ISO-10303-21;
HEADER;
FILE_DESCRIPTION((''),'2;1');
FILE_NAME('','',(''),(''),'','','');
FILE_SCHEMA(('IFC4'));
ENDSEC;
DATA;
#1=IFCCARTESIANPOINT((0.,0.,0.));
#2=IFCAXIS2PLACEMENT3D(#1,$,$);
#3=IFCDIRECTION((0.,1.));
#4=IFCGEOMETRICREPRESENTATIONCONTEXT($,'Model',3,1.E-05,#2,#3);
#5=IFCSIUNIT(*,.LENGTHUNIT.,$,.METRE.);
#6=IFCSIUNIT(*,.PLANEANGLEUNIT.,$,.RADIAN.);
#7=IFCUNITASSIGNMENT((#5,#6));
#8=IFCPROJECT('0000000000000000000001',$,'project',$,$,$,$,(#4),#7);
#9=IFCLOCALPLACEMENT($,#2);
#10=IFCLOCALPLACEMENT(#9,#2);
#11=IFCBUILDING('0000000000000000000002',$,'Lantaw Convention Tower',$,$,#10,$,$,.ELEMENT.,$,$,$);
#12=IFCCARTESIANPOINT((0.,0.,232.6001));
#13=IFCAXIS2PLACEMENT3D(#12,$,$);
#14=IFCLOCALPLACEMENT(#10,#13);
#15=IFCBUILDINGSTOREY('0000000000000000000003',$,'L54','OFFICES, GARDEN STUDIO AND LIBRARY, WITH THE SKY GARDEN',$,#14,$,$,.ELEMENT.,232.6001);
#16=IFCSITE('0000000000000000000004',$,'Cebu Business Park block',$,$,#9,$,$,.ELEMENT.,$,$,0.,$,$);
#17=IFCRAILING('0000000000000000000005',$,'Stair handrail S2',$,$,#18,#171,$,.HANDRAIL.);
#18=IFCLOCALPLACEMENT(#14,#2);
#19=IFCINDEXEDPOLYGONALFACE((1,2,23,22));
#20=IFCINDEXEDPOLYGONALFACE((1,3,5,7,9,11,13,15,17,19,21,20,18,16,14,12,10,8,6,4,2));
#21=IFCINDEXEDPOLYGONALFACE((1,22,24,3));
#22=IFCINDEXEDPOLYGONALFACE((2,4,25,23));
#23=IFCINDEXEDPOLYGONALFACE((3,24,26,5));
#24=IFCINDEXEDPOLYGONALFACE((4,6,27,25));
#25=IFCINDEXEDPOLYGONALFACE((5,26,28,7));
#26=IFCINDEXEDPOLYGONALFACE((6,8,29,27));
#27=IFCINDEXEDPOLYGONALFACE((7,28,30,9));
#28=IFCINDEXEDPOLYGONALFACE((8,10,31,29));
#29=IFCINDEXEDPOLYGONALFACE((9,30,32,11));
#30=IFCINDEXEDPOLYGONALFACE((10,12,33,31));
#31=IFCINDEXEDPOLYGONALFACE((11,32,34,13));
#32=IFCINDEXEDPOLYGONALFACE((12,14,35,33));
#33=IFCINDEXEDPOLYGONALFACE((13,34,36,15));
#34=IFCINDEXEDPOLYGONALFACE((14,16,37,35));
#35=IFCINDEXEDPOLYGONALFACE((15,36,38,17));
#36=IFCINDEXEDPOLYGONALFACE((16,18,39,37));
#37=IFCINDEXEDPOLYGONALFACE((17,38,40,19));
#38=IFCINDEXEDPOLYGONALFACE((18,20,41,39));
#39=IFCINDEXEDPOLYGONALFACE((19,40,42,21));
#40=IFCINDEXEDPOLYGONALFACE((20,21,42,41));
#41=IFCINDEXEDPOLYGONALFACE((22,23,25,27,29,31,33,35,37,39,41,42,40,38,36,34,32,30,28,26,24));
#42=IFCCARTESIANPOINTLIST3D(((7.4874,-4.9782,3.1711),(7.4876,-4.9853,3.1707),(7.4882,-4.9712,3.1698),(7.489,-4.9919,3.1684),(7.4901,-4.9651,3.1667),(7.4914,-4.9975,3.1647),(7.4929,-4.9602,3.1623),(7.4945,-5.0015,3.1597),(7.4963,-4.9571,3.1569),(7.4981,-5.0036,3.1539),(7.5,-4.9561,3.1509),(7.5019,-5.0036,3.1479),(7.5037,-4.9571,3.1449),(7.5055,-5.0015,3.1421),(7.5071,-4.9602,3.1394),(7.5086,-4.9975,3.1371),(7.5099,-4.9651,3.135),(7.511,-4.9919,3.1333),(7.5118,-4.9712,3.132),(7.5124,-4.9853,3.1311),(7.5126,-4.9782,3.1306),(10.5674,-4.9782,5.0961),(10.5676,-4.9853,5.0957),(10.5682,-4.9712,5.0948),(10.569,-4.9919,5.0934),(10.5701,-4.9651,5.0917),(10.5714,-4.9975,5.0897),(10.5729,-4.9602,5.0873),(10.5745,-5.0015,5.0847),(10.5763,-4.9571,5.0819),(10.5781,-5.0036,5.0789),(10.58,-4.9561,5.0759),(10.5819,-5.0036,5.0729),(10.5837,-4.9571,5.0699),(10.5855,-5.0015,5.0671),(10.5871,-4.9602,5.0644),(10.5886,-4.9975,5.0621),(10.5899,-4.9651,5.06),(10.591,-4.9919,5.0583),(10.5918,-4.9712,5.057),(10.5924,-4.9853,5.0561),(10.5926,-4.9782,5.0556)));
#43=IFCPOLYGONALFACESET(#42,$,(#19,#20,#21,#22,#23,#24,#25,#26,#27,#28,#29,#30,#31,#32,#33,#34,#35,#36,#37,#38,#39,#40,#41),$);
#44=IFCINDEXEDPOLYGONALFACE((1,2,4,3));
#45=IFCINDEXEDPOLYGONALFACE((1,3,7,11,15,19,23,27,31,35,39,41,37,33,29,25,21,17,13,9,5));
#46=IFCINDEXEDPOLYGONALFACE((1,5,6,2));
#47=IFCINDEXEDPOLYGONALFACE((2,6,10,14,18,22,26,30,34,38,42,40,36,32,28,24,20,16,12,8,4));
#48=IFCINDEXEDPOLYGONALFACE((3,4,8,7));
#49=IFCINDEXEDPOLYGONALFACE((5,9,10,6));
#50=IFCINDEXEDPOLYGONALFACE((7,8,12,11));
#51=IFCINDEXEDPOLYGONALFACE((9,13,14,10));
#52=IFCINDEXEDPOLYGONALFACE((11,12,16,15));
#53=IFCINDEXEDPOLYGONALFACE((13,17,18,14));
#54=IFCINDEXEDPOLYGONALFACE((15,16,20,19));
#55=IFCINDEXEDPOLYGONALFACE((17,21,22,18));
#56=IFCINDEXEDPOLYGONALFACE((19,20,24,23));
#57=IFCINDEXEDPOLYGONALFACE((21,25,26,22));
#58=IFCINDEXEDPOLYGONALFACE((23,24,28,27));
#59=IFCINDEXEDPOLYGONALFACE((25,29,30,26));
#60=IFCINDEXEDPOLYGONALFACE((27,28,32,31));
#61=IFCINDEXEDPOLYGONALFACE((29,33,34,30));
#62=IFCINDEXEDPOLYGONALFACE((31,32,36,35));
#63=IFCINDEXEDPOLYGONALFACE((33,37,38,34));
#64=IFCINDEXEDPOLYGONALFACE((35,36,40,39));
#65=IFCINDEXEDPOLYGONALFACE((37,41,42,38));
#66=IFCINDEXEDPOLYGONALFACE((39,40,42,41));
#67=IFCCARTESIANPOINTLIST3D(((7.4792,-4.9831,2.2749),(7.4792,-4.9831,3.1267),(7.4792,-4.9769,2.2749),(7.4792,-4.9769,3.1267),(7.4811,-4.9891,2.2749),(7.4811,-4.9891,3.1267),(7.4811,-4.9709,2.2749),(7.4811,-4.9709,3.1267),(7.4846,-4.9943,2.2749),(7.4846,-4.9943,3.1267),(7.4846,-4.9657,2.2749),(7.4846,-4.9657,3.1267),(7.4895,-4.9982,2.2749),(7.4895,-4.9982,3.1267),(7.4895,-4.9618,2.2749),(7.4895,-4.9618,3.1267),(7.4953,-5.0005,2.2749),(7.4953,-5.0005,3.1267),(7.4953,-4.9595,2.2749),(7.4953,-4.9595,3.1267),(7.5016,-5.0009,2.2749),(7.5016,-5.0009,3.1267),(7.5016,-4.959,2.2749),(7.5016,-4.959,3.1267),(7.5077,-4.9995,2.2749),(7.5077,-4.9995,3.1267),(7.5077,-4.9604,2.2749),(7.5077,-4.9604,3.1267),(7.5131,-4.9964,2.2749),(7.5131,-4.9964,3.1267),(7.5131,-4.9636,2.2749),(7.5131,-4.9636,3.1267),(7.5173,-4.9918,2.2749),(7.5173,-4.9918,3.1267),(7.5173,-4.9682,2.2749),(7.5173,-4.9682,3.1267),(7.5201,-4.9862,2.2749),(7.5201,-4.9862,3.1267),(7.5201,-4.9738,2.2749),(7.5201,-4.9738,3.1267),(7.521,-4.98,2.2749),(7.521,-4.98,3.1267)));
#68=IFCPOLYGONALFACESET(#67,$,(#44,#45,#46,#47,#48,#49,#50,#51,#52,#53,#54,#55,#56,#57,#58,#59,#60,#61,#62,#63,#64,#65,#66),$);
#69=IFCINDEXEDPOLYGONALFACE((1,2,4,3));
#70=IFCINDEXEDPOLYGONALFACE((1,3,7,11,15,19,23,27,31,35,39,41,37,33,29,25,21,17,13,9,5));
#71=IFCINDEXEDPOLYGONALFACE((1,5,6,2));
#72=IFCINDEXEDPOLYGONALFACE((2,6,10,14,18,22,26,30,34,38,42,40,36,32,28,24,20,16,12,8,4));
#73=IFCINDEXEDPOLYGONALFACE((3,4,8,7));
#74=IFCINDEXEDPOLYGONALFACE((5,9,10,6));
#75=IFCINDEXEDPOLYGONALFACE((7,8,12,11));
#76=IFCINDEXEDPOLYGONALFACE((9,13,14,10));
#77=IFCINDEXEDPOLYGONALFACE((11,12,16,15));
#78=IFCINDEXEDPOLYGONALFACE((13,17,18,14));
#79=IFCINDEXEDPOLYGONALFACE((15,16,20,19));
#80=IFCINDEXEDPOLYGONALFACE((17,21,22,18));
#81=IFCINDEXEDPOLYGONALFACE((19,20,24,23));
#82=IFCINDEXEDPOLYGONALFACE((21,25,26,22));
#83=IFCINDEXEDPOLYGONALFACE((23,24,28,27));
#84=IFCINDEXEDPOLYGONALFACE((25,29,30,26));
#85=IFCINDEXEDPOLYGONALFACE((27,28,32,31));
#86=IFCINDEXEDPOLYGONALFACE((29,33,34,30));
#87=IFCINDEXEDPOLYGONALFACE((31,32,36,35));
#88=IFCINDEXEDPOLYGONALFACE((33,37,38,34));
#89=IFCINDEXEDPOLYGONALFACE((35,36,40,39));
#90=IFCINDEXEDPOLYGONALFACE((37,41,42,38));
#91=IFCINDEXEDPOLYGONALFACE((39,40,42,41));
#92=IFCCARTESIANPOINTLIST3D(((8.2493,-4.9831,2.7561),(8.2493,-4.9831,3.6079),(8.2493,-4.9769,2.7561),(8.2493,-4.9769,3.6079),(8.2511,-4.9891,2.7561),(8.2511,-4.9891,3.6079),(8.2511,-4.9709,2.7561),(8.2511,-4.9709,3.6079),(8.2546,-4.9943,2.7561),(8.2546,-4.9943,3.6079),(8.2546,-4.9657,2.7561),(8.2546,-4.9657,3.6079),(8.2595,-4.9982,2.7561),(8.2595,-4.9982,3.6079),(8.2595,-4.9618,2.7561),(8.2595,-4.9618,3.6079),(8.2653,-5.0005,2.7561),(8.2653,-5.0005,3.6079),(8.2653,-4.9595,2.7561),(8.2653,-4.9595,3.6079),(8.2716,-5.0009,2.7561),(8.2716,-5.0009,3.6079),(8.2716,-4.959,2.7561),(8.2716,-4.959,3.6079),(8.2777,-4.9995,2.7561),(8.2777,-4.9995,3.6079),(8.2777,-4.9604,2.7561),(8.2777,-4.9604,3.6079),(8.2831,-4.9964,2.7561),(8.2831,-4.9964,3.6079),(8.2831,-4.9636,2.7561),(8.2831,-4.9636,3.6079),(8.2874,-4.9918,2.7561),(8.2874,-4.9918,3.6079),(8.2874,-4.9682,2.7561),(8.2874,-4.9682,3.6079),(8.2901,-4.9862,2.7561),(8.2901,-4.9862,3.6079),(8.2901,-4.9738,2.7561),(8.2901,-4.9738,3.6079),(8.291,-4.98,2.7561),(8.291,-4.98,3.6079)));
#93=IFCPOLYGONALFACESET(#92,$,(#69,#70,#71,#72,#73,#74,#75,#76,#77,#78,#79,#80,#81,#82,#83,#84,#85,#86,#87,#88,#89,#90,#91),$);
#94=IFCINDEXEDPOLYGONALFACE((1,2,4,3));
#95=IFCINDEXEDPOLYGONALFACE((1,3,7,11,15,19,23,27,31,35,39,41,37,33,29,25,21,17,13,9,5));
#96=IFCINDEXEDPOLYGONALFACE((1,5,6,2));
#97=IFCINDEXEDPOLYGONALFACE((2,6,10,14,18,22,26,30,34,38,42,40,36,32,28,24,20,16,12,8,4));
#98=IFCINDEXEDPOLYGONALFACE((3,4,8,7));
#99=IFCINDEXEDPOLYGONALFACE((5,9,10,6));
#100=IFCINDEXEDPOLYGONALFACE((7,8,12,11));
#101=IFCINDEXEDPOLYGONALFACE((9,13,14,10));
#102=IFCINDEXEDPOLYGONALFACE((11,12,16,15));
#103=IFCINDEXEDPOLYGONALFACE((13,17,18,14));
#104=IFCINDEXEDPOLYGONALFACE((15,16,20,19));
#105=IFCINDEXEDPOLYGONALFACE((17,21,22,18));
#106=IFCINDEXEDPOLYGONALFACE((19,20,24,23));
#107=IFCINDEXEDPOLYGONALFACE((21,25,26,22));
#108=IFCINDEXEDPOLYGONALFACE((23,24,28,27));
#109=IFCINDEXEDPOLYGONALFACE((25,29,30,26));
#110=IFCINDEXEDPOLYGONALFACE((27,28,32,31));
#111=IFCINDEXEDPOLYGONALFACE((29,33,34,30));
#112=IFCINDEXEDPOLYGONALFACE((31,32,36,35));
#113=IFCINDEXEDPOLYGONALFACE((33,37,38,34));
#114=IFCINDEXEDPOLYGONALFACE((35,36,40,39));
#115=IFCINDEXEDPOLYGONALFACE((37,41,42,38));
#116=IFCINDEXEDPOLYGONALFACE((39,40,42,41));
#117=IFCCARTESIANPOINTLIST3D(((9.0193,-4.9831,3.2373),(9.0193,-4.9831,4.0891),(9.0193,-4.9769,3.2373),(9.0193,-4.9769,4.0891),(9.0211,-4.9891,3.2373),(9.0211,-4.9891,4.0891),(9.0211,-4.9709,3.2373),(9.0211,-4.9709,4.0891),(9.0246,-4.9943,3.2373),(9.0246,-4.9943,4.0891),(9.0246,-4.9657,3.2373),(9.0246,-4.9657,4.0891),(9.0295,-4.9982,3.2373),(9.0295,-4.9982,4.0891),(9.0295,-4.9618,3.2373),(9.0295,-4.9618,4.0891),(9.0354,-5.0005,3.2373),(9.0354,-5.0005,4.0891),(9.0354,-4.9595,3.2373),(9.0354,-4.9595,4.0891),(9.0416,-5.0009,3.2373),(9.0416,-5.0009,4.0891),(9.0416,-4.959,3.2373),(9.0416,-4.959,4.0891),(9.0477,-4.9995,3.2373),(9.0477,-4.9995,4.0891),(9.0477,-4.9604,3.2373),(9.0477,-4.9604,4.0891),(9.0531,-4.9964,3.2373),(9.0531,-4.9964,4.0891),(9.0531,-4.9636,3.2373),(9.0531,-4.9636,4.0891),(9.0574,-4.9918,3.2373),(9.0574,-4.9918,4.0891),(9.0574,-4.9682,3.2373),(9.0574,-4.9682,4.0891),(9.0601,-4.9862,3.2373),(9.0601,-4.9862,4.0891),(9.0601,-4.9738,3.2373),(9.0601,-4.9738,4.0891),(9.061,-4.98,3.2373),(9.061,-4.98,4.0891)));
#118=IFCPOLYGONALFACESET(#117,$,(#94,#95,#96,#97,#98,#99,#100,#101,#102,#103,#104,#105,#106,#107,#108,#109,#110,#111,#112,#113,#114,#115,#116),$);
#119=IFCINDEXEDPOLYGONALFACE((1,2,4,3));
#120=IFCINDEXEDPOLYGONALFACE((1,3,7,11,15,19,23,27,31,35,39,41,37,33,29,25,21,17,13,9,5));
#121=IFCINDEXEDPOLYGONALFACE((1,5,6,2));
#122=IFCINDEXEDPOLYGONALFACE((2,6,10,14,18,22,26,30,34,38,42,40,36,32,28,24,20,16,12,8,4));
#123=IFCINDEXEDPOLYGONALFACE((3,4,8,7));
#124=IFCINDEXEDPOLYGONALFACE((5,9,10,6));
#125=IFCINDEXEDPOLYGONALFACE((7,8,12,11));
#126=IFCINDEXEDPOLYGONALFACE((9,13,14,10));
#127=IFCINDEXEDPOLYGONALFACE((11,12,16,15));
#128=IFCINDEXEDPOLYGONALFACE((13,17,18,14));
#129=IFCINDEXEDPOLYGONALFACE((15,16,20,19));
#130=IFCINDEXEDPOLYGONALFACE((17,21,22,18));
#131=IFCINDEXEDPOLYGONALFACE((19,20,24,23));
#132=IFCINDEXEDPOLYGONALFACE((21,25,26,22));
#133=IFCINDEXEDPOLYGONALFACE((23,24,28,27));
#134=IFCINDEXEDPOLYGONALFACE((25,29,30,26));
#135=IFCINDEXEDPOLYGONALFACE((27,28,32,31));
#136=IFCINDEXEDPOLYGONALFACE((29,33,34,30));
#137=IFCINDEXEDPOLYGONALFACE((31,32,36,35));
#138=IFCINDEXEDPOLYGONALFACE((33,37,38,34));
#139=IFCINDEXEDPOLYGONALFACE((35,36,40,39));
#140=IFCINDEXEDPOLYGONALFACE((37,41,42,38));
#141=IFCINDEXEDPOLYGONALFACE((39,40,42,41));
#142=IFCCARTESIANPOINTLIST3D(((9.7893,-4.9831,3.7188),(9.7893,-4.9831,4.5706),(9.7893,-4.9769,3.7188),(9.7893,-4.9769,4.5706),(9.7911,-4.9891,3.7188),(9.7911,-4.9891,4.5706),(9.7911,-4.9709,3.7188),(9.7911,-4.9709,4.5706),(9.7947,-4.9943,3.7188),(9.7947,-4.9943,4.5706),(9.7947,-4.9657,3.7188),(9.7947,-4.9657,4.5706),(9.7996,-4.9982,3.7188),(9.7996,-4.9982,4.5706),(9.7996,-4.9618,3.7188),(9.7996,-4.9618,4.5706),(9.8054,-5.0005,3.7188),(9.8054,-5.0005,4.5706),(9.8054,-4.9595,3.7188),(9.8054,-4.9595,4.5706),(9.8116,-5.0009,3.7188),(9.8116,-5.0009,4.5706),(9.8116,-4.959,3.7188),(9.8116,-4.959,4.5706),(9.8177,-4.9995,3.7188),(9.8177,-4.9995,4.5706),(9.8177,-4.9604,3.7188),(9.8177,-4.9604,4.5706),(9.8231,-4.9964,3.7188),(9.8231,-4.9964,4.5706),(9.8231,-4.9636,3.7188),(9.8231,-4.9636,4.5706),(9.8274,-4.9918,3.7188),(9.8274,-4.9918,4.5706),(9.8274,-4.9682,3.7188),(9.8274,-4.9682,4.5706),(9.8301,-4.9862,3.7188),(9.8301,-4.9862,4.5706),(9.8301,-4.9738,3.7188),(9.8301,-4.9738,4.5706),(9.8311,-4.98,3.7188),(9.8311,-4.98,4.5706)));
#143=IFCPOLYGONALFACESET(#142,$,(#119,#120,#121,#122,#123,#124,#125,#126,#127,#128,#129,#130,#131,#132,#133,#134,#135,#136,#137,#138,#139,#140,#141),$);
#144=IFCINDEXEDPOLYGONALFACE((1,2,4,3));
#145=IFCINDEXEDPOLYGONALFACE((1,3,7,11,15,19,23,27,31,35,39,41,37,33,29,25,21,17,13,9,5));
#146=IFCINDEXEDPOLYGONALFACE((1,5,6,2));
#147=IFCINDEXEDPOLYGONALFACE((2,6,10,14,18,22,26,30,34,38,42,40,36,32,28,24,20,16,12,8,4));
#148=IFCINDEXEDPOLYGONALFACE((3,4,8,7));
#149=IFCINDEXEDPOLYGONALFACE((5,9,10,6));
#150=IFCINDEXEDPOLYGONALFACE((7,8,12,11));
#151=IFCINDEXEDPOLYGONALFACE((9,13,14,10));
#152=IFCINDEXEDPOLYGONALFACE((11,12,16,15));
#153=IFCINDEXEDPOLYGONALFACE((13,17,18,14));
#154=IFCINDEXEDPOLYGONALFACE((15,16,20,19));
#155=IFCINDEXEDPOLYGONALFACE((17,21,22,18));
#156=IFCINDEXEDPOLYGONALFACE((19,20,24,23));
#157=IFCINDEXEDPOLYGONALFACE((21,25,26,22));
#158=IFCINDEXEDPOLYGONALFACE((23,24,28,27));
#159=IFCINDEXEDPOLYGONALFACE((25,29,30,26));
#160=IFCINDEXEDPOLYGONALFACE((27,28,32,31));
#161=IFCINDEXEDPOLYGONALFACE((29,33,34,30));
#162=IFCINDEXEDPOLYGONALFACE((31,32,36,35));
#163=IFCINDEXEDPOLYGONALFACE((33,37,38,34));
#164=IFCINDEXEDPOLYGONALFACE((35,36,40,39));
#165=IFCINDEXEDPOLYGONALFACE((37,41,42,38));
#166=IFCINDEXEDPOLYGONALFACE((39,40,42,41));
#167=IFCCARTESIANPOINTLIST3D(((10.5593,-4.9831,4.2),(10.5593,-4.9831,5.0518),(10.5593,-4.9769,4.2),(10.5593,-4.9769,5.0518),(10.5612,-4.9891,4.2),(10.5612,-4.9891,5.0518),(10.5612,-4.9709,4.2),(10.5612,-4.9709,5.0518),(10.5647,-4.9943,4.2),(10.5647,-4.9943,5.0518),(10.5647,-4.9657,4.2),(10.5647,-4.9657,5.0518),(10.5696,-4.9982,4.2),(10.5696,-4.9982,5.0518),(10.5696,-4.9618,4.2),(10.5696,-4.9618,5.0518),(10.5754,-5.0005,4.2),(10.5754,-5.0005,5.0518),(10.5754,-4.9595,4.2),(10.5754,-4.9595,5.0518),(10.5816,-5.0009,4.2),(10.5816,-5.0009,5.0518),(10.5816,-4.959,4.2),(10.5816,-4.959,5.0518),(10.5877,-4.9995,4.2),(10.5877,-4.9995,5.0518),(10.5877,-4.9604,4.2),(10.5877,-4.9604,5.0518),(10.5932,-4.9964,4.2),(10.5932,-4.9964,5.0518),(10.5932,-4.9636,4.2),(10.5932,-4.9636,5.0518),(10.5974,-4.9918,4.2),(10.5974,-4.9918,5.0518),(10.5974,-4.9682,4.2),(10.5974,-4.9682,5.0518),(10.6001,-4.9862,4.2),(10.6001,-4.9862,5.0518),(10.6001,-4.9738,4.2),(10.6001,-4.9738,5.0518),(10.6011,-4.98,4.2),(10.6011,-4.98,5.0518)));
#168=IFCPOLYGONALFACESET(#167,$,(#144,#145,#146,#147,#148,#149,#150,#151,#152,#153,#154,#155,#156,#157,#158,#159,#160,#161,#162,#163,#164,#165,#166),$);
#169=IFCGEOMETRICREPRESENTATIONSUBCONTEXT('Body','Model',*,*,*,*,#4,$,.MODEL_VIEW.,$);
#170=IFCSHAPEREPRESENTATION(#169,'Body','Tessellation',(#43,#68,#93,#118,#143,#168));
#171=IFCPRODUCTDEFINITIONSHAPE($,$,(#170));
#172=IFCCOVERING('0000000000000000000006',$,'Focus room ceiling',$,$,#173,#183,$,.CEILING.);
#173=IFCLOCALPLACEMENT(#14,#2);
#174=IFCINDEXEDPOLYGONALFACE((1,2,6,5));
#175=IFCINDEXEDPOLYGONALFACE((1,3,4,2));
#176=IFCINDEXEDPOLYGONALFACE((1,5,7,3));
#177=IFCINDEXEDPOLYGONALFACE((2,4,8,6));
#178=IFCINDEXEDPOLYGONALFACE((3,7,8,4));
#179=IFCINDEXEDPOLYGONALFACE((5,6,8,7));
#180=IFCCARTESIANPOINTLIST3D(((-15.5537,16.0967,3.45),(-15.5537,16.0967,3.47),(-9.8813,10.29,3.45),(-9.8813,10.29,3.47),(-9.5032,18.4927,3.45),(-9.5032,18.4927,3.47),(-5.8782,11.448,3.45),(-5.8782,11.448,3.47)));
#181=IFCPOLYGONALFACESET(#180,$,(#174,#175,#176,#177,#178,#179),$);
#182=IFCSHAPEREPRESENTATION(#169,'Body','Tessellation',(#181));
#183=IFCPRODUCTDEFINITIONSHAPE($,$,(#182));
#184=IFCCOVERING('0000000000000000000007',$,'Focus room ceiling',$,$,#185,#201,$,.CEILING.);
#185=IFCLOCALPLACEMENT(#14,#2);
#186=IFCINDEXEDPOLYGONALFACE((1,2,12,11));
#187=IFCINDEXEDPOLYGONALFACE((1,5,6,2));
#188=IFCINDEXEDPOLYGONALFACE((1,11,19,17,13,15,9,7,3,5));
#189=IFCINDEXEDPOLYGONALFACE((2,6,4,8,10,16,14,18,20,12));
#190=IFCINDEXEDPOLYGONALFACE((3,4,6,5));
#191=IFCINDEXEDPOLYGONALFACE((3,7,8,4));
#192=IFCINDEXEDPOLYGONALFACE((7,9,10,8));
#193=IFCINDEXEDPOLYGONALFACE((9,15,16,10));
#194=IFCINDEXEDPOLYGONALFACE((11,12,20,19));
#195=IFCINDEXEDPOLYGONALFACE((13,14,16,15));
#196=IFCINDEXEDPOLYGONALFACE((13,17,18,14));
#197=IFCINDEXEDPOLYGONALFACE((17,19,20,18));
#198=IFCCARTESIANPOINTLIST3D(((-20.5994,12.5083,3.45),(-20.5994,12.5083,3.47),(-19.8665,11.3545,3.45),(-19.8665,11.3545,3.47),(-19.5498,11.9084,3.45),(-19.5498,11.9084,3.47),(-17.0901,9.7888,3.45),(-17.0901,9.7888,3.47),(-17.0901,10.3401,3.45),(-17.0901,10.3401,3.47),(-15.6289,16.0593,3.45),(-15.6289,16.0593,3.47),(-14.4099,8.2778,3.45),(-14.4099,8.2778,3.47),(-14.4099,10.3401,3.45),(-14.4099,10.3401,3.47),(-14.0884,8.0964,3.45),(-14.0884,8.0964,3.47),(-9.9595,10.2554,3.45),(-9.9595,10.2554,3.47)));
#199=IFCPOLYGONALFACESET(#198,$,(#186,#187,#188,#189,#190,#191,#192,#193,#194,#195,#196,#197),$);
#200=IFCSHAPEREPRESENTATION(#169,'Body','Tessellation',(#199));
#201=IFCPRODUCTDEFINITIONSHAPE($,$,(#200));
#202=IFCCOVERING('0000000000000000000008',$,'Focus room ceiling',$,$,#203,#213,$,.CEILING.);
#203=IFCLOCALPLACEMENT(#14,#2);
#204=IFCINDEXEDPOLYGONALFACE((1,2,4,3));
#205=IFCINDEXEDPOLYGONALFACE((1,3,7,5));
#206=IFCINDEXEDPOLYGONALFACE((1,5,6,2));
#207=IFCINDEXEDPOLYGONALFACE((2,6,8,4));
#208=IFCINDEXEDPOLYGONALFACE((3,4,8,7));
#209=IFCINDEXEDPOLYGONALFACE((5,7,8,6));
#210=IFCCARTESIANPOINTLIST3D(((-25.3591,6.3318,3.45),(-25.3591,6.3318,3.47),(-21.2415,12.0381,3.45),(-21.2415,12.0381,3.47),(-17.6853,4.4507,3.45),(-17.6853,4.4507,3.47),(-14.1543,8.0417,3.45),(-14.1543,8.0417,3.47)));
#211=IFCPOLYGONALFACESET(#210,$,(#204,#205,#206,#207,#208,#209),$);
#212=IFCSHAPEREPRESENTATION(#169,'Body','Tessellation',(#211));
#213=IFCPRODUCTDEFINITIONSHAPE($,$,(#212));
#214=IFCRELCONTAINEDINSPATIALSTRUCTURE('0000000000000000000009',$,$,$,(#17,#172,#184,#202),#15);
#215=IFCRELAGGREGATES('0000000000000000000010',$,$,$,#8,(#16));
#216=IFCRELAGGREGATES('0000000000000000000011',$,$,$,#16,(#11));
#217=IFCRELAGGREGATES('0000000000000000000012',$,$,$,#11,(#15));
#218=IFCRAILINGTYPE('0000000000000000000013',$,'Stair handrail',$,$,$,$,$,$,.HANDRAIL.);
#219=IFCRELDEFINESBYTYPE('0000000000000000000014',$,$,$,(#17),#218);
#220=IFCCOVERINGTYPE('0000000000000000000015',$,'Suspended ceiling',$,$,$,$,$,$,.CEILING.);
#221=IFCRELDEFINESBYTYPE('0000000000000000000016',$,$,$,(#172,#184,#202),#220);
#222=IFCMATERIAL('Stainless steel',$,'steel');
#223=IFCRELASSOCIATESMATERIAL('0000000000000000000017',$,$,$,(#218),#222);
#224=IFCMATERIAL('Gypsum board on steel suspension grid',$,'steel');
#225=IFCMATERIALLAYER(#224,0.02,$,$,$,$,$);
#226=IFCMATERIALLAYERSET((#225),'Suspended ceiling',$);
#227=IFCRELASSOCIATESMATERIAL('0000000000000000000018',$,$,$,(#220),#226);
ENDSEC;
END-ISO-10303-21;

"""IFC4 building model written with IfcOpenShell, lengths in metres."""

from ifc_helpers import new_model, si_unit, direction, frame, origin, origin_2d, place, context, subcontext, project, spatial, polyline, circle, outline, extrude, material, layer, layer_set, type_object, element, save


model = new_model("IFC4")

# Units and contexts
model_context = context("Model", 3, precision=1e-05, world=origin(), true_north=direction((0.0, 1.0)))
body_context = subcontext(model_context, "Body", "Model", "MODEL_VIEW")
ifc_project = project(units=[si_unit("LENGTHUNIT", "METRE"), si_unit("PLANEANGLEUNIT", "RADIAN")], contexts=[model_context])

# Site, building, storey
site_placement = place(None, origin())
site = spatial("IfcSite", under=ifc_project, at=site_placement, Name="Cebu Business Park block", CompositionType="ELEMENT", RefElevation=0.0)
building_placement = place(site_placement, origin())
building = spatial("IfcBuilding", under=site, at=building_placement, Name="Lantaw Convention Tower", CompositionType="ELEMENT")
storey_placement = place(building_placement, frame((0.0, 0.0, 232.6001)))
storey = spatial("IfcBuildingStorey", under=building, at=storey_placement, Name="L54", Description="OFFICES, GARDEN STUDIO AND LIBRARY, WITH THE SKY GARDEN", CompositionType="ELEMENT", Elevation=232.6001)

# Railing
ifc_material_1 = material(Name="Stainless steel", Category="steel")
railing_type = type_object("IfcRailingType", Name="Stair handrail", PredefinedType="HANDRAIL", material=ifc_material_1)
railing_1_placement = place(storey_placement, frame((7.5, -4.98, 2.2749)))
element("IfcRailing", 1, at=railing_1_placement, inside=storey, type_object=railing_type, Name="Stair handrail S2", PredefinedType="HANDRAIL", context=body_context, shape_type="SweptSolid", body=[
    extrude(circle(Radius=0.0239, at=origin_2d()), frame((0.0, 0.0, 0.876), z_axis=(0.847998, 0.0, 0.529999), x_axis=(0.0, 1.0, 0.0)), (0.0, 0.0, 1.0), 3.6321),
    extrude(circle(Radius=0.021, at=origin_2d()), origin(), (0.0, 0.0, 1.0), 0.8518),
    extrude(circle(Radius=0.021, at=origin_2d()), frame((0.77, 0.0, 0.4812)), (0.0, 0.0, 1.0), 0.8518),
    extrude(circle(Radius=0.021, at=origin_2d()), frame((1.54, 0.0, 0.9624)), (0.0, 0.0, 1.0), 0.8518),
    extrude(circle(Radius=0.021, at=origin_2d()), frame((2.3101, 0.0, 1.4438)), (0.0, 0.0, 1.0), 0.8518),
    extrude(circle(Radius=0.021, at=origin_2d()), frame((3.0801, 0.0, 1.925)), (0.0, 0.0, 1.0), 0.8518),
])

# Coverings
ifc_material_2 = material(Name="Gypsum board on steel suspension grid", Category="steel")
ifc_layer_1 = layer(ifc_material_2, 0.02)
ifc_layer_set_1 = layer_set([ifc_layer_1], Name="Suspended ceiling")
covering_type = type_object("IfcCoveringType", Name="Suspended ceiling", PredefinedType="CEILING", material=ifc_layer_set_1)
covering_1_placement = place(storey_placement, frame((0.0, 0.0, 3.45)))
element("IfcCovering", 2, at=covering_1_placement, inside=storey, type_object=covering_type, Name="Focus room ceiling", PredefinedType="CEILING", context=body_context, shape_type="SweptSolid", body=[
    extrude(outline(polyline([(-5.8782, 11.448), (-9.5032, 18.4927), (-15.5537, 16.0967), (-9.8813, 10.29), (-5.8782, 11.448)])), origin(), (0.0, 0.0, 1.0), 0.02),
])
covering_2_placement = place(storey_placement, frame((0.0, 0.0, 3.45)))
element("IfcCovering", 3, at=covering_2_placement, inside=storey, type_object=covering_type, Name="Focus room ceiling", PredefinedType="CEILING", context=body_context, shape_type="SweptSolid", body=[
    extrude(outline(polyline([(-20.5994, 12.5083), (-19.5498, 11.9084), (-19.8665, 11.3545), (-17.0901, 9.7888), (-17.0901, 10.3401), (-14.4099, 10.3401), (-14.4099, 8.2778), (-14.0884, 8.0964), (-9.9595, 10.2554), (-15.6289, 16.0593), (-20.5994, 12.5083)])), origin(), (0.0, 0.0, 1.0), 0.02),
])
covering_3_placement = place(storey_placement, frame((0.0, 0.0, 3.45)))
element("IfcCovering", 4, at=covering_3_placement, inside=storey, type_object=covering_type, Name="Focus room ceiling", PredefinedType="CEILING", context=body_context, shape_type="SweptSolid", body=[
    extrude(outline(polyline([(-14.1543, 8.0417), (-21.2415, 12.0381), (-25.3591, 6.3318), (-17.6853, 4.4507), (-14.1543, 8.0417)])), origin(), (0.0, 0.0, 1.0), 0.02),
])

save(model, "model.ifc")
